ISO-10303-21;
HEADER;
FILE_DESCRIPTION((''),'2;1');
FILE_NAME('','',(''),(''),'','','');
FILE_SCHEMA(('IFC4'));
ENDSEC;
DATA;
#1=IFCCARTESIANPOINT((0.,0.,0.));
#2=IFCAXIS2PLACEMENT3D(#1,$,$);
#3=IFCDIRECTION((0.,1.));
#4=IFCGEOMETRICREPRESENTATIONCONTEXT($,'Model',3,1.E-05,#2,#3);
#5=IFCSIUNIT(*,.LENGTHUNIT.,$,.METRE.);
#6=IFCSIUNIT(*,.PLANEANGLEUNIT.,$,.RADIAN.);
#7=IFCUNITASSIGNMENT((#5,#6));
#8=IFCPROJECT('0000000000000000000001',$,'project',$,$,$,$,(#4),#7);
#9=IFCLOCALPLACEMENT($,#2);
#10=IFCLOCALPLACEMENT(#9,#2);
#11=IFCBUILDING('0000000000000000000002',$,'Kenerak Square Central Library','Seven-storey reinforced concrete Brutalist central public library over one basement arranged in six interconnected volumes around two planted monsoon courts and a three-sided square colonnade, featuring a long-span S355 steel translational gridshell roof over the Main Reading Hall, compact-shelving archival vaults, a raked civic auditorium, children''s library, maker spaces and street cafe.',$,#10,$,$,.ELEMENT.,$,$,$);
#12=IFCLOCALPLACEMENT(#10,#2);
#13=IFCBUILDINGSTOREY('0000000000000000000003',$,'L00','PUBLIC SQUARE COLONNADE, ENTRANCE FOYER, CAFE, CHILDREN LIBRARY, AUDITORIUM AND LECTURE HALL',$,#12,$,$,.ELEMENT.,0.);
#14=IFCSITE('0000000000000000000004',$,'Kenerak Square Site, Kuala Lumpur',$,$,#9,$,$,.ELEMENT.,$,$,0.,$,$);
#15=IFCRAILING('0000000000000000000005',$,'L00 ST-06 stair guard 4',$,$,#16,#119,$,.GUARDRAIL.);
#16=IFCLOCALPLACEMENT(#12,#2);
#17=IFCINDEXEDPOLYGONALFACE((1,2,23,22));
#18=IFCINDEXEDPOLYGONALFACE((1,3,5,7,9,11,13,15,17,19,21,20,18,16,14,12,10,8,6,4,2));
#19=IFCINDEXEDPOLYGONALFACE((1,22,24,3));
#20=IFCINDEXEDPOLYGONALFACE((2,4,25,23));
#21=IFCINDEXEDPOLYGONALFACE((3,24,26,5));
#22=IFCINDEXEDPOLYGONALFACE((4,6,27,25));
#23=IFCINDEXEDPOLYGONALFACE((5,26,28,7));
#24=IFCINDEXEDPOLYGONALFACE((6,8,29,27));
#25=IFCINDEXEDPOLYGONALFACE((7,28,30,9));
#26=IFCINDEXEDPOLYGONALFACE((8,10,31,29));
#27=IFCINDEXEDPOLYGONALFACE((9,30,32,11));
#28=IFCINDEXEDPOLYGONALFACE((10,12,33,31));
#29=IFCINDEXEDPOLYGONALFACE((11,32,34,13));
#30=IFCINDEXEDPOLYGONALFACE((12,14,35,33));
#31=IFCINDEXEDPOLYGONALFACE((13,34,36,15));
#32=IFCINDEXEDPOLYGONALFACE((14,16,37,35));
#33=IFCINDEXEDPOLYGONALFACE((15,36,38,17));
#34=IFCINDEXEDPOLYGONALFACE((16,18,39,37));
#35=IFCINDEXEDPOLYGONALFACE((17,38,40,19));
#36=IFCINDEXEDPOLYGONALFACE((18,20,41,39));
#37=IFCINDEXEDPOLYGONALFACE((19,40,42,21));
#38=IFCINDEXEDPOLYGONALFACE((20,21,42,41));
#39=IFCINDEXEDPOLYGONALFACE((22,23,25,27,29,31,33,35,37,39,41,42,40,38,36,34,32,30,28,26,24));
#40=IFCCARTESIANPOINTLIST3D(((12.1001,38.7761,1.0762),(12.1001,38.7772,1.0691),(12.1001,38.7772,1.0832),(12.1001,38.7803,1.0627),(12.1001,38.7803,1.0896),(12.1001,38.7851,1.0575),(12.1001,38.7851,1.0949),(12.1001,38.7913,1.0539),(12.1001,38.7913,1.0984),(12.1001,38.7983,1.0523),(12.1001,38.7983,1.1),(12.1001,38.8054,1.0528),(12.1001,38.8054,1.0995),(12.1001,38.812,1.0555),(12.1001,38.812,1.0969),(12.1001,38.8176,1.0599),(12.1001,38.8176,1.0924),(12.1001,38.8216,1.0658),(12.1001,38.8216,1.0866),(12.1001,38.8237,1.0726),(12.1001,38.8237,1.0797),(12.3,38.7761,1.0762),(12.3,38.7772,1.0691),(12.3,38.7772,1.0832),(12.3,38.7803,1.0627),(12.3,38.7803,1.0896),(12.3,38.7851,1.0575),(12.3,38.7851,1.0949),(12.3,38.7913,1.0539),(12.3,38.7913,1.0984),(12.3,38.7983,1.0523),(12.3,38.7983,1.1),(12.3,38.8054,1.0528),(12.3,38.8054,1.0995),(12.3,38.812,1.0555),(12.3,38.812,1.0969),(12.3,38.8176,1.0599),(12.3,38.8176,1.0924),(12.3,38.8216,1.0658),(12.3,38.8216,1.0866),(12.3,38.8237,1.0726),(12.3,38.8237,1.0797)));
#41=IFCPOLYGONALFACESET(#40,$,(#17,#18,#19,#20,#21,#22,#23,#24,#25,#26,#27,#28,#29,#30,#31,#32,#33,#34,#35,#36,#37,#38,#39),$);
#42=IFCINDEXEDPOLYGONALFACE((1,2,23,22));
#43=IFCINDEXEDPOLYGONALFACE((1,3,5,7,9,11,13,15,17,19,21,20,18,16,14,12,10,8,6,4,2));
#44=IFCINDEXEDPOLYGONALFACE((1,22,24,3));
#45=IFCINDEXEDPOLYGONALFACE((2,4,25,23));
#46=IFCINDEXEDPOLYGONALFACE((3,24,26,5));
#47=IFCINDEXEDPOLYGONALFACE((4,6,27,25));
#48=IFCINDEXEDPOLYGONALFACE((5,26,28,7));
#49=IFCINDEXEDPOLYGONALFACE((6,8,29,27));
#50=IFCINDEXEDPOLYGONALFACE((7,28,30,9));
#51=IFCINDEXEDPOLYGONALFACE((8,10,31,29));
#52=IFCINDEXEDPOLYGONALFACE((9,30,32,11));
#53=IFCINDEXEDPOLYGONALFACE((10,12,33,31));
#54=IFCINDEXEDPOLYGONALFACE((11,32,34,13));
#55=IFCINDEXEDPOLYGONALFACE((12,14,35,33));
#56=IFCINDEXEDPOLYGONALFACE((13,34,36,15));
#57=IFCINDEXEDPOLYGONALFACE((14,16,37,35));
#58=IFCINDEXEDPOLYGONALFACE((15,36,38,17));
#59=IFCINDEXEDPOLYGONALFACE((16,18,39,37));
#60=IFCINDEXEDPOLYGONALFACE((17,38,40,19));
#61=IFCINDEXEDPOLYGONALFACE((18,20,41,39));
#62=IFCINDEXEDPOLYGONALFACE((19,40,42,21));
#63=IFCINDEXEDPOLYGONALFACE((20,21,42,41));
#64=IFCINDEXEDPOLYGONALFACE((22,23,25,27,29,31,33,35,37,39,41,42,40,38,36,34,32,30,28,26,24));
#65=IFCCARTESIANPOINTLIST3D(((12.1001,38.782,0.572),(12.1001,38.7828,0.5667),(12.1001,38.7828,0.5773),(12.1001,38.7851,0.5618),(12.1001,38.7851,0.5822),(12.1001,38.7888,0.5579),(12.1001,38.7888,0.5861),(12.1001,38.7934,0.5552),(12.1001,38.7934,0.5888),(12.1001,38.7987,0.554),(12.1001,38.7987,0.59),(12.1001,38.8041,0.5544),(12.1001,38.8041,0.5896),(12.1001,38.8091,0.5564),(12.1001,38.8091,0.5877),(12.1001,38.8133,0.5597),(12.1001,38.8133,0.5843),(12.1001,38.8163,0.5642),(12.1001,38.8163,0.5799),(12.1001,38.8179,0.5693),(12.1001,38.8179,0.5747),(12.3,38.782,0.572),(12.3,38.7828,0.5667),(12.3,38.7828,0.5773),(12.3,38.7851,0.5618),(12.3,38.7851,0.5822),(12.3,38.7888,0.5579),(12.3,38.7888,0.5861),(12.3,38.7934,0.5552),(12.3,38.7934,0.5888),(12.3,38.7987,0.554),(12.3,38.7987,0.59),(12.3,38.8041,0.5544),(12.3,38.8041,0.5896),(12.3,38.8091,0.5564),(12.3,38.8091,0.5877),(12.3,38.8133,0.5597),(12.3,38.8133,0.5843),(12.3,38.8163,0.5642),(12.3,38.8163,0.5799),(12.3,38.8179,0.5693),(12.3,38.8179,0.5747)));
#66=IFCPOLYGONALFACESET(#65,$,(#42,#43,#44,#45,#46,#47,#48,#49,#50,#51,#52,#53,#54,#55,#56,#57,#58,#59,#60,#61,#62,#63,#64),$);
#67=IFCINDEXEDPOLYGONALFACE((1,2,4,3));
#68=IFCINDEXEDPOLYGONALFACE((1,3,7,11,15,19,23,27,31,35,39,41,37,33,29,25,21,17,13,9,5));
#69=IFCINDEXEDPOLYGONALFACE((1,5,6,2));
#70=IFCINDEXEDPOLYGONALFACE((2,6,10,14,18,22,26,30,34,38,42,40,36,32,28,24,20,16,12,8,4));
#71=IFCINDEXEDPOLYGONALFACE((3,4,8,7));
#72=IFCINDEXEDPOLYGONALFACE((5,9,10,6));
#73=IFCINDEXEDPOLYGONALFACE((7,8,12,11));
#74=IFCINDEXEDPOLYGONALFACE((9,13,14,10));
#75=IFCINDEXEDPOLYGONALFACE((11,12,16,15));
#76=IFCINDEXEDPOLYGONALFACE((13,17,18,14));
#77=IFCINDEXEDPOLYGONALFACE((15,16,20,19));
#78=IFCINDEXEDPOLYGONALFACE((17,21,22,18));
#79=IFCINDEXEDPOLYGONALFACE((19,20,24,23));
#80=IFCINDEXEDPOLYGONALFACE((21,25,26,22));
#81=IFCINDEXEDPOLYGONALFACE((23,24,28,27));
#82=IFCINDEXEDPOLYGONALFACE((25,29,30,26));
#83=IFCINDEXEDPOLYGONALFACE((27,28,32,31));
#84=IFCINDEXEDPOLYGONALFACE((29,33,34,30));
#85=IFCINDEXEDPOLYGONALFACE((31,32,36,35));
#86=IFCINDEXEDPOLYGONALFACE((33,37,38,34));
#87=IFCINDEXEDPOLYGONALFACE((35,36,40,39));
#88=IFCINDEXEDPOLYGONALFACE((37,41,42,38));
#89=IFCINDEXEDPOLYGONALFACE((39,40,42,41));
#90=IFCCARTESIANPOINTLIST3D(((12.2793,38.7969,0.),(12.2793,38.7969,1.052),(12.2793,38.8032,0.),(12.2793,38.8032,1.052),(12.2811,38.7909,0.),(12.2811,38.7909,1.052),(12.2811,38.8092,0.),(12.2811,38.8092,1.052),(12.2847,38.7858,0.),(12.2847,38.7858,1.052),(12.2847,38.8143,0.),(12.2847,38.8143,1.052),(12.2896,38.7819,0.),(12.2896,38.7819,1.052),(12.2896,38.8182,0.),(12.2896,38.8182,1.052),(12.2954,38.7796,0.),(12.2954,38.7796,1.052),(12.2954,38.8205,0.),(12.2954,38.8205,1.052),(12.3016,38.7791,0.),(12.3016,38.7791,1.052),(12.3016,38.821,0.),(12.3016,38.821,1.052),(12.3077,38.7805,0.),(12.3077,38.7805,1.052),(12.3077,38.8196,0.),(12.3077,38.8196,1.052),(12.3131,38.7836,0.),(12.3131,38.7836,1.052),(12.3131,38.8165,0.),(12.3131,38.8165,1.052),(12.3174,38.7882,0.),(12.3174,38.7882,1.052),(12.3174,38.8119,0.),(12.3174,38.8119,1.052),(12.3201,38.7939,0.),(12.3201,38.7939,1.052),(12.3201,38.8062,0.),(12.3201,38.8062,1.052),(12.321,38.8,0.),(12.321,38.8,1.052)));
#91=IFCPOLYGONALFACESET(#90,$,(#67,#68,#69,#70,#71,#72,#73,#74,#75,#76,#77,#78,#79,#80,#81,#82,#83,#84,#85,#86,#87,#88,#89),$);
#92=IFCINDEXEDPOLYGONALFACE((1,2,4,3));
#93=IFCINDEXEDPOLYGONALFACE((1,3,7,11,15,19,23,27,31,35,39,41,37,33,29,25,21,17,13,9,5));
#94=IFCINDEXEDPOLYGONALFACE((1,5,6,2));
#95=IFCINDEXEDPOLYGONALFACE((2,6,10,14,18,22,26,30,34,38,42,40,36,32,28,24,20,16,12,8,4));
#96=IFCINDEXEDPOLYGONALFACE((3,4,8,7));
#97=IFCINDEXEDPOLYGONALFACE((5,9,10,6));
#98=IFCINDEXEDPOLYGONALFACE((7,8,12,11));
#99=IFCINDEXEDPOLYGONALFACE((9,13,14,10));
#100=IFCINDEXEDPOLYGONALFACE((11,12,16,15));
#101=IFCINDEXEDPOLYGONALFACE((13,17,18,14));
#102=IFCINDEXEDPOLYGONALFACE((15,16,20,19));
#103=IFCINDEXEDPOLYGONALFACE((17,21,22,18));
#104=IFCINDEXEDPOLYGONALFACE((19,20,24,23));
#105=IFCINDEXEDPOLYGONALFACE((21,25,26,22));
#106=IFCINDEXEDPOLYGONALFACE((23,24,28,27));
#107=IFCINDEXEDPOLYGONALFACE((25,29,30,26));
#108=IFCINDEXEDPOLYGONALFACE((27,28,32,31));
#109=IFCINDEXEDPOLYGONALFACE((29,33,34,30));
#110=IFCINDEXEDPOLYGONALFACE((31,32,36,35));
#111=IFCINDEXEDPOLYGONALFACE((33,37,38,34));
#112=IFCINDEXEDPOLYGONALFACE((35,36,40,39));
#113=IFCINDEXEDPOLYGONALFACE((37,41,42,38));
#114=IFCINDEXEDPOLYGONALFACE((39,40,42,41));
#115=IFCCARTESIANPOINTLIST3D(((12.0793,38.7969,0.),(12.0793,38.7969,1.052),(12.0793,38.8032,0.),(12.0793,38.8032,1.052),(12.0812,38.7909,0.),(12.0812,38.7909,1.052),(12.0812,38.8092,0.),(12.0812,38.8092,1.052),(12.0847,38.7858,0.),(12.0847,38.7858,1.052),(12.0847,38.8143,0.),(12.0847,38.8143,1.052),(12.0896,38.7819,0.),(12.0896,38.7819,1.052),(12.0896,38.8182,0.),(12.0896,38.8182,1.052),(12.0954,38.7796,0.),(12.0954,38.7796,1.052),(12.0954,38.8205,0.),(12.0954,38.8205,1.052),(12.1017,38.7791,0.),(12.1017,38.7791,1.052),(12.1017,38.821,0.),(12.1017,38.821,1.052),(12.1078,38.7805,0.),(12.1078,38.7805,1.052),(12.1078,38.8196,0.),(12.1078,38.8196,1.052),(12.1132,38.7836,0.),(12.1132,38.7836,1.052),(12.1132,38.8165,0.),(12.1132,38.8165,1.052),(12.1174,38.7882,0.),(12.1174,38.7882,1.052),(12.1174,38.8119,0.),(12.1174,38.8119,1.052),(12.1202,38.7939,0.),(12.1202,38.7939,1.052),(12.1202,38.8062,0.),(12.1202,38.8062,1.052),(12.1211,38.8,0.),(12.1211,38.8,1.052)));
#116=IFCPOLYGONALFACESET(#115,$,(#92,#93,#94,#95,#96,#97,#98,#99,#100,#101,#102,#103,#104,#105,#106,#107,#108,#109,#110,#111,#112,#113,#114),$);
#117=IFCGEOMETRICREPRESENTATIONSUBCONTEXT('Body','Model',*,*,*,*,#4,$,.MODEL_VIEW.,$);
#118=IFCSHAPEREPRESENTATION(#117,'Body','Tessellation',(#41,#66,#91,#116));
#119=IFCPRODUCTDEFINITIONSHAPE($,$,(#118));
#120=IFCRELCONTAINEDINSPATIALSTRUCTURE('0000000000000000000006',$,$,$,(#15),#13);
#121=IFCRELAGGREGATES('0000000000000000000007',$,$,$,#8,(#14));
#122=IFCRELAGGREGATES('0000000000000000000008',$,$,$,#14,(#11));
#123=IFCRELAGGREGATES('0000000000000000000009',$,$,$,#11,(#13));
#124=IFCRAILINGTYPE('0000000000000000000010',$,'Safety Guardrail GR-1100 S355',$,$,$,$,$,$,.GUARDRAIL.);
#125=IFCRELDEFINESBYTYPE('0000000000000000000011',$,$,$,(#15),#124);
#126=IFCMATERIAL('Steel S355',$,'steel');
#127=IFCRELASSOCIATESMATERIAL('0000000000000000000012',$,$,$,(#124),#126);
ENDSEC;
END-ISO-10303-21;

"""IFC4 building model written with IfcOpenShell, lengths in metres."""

from ifc_helpers import new_model, si_unit, direction, frame, origin, origin_2d, place, context, subcontext, project, spatial, circle, extrude, material, type_object, element, save


model = new_model("IFC4")

# Units and contexts
model_context = context("Model", 3, precision=1e-05, world=origin(), true_north=direction((0.0, 1.0)))
body_context = subcontext(model_context, "Body", "Model", "MODEL_VIEW")
ifc_project = project(units=[si_unit("LENGTHUNIT", "METRE"), si_unit("PLANEANGLEUNIT", "RADIAN")], contexts=[model_context])

# Site, building, storey
site_placement = place(None, origin())
site = spatial("IfcSite", under=ifc_project, at=site_placement, Name="Kenerak Square Site, Kuala Lumpur", CompositionType="ELEMENT", RefElevation=0.0)
building_placement = place(site_placement, origin())
building = spatial("IfcBuilding", under=site, at=building_placement, Name="Kenerak Square Central Library", Description="Seven-storey reinforced concrete Brutalist central public library over one basement arranged in six interconnected volumes around two planted monsoon courts and a three-sided square colonnade, featuring a long-span S355 steel translational gridshell roof over the Main Reading Hall, compact-shelving archival vaults, a raked civic auditorium, children's library, maker spaces and street cafe.", CompositionType="ELEMENT")
storey_placement = place(building_placement, origin())
storey = spatial("IfcBuildingStorey", under=building, at=storey_placement, Name="L00", Description="PUBLIC SQUARE COLONNADE, ENTRANCE FOYER, CAFE, CHILDREN LIBRARY, AUDITORIUM AND LECTURE HALL", CompositionType="ELEMENT", Elevation=0.0)

# Shared definitions
ifc_material_1 = material(Name="Steel S355", Category="steel")

# Railing
railing_type_1 = type_object("IfcRailingType", Name="Safety Guardrail GR-1100 S355", PredefinedType="GUARDRAIL", material=ifc_material_1)
railing_1_placement = place(storey_placement, frame((12.3, 38.8, 0.0)))
element("IfcRailing", 1, at=railing_1_placement, inside=storey, type_object=railing_type_1, Name="L00 ST-06 stair guard 4", PredefinedType="GUARDRAIL", context=body_context, shape_type="SweptSolid", body=[
    extrude(circle(Radius=0.0239, at=origin_2d()), frame((0.0, 0.0, 1.0762), z_axis=(-1.0, 0.0, 0.0), x_axis=(0.0, -1.0, 0.0)), (0.0, 0.0, 1.0), 0.2),
    extrude(circle(Radius=0.0181, at=origin_2d()), frame((0.0, 0.0, 0.572), z_axis=(-1.0, 0.0, 0.0), x_axis=(0.0, -1.0, 0.0)), (0.0, 0.0, 1.0), 0.2),
    extrude(circle(Radius=0.021, at=origin_2d()), origin(), (0.0, 0.0, 1.0), 1.052),
    extrude(circle(Radius=0.021, at=origin_2d()), frame((-0.2, 0.0, 0.0)), (0.0, 0.0, 1.0), 1.052),
])

save(model, "model.ifc")
